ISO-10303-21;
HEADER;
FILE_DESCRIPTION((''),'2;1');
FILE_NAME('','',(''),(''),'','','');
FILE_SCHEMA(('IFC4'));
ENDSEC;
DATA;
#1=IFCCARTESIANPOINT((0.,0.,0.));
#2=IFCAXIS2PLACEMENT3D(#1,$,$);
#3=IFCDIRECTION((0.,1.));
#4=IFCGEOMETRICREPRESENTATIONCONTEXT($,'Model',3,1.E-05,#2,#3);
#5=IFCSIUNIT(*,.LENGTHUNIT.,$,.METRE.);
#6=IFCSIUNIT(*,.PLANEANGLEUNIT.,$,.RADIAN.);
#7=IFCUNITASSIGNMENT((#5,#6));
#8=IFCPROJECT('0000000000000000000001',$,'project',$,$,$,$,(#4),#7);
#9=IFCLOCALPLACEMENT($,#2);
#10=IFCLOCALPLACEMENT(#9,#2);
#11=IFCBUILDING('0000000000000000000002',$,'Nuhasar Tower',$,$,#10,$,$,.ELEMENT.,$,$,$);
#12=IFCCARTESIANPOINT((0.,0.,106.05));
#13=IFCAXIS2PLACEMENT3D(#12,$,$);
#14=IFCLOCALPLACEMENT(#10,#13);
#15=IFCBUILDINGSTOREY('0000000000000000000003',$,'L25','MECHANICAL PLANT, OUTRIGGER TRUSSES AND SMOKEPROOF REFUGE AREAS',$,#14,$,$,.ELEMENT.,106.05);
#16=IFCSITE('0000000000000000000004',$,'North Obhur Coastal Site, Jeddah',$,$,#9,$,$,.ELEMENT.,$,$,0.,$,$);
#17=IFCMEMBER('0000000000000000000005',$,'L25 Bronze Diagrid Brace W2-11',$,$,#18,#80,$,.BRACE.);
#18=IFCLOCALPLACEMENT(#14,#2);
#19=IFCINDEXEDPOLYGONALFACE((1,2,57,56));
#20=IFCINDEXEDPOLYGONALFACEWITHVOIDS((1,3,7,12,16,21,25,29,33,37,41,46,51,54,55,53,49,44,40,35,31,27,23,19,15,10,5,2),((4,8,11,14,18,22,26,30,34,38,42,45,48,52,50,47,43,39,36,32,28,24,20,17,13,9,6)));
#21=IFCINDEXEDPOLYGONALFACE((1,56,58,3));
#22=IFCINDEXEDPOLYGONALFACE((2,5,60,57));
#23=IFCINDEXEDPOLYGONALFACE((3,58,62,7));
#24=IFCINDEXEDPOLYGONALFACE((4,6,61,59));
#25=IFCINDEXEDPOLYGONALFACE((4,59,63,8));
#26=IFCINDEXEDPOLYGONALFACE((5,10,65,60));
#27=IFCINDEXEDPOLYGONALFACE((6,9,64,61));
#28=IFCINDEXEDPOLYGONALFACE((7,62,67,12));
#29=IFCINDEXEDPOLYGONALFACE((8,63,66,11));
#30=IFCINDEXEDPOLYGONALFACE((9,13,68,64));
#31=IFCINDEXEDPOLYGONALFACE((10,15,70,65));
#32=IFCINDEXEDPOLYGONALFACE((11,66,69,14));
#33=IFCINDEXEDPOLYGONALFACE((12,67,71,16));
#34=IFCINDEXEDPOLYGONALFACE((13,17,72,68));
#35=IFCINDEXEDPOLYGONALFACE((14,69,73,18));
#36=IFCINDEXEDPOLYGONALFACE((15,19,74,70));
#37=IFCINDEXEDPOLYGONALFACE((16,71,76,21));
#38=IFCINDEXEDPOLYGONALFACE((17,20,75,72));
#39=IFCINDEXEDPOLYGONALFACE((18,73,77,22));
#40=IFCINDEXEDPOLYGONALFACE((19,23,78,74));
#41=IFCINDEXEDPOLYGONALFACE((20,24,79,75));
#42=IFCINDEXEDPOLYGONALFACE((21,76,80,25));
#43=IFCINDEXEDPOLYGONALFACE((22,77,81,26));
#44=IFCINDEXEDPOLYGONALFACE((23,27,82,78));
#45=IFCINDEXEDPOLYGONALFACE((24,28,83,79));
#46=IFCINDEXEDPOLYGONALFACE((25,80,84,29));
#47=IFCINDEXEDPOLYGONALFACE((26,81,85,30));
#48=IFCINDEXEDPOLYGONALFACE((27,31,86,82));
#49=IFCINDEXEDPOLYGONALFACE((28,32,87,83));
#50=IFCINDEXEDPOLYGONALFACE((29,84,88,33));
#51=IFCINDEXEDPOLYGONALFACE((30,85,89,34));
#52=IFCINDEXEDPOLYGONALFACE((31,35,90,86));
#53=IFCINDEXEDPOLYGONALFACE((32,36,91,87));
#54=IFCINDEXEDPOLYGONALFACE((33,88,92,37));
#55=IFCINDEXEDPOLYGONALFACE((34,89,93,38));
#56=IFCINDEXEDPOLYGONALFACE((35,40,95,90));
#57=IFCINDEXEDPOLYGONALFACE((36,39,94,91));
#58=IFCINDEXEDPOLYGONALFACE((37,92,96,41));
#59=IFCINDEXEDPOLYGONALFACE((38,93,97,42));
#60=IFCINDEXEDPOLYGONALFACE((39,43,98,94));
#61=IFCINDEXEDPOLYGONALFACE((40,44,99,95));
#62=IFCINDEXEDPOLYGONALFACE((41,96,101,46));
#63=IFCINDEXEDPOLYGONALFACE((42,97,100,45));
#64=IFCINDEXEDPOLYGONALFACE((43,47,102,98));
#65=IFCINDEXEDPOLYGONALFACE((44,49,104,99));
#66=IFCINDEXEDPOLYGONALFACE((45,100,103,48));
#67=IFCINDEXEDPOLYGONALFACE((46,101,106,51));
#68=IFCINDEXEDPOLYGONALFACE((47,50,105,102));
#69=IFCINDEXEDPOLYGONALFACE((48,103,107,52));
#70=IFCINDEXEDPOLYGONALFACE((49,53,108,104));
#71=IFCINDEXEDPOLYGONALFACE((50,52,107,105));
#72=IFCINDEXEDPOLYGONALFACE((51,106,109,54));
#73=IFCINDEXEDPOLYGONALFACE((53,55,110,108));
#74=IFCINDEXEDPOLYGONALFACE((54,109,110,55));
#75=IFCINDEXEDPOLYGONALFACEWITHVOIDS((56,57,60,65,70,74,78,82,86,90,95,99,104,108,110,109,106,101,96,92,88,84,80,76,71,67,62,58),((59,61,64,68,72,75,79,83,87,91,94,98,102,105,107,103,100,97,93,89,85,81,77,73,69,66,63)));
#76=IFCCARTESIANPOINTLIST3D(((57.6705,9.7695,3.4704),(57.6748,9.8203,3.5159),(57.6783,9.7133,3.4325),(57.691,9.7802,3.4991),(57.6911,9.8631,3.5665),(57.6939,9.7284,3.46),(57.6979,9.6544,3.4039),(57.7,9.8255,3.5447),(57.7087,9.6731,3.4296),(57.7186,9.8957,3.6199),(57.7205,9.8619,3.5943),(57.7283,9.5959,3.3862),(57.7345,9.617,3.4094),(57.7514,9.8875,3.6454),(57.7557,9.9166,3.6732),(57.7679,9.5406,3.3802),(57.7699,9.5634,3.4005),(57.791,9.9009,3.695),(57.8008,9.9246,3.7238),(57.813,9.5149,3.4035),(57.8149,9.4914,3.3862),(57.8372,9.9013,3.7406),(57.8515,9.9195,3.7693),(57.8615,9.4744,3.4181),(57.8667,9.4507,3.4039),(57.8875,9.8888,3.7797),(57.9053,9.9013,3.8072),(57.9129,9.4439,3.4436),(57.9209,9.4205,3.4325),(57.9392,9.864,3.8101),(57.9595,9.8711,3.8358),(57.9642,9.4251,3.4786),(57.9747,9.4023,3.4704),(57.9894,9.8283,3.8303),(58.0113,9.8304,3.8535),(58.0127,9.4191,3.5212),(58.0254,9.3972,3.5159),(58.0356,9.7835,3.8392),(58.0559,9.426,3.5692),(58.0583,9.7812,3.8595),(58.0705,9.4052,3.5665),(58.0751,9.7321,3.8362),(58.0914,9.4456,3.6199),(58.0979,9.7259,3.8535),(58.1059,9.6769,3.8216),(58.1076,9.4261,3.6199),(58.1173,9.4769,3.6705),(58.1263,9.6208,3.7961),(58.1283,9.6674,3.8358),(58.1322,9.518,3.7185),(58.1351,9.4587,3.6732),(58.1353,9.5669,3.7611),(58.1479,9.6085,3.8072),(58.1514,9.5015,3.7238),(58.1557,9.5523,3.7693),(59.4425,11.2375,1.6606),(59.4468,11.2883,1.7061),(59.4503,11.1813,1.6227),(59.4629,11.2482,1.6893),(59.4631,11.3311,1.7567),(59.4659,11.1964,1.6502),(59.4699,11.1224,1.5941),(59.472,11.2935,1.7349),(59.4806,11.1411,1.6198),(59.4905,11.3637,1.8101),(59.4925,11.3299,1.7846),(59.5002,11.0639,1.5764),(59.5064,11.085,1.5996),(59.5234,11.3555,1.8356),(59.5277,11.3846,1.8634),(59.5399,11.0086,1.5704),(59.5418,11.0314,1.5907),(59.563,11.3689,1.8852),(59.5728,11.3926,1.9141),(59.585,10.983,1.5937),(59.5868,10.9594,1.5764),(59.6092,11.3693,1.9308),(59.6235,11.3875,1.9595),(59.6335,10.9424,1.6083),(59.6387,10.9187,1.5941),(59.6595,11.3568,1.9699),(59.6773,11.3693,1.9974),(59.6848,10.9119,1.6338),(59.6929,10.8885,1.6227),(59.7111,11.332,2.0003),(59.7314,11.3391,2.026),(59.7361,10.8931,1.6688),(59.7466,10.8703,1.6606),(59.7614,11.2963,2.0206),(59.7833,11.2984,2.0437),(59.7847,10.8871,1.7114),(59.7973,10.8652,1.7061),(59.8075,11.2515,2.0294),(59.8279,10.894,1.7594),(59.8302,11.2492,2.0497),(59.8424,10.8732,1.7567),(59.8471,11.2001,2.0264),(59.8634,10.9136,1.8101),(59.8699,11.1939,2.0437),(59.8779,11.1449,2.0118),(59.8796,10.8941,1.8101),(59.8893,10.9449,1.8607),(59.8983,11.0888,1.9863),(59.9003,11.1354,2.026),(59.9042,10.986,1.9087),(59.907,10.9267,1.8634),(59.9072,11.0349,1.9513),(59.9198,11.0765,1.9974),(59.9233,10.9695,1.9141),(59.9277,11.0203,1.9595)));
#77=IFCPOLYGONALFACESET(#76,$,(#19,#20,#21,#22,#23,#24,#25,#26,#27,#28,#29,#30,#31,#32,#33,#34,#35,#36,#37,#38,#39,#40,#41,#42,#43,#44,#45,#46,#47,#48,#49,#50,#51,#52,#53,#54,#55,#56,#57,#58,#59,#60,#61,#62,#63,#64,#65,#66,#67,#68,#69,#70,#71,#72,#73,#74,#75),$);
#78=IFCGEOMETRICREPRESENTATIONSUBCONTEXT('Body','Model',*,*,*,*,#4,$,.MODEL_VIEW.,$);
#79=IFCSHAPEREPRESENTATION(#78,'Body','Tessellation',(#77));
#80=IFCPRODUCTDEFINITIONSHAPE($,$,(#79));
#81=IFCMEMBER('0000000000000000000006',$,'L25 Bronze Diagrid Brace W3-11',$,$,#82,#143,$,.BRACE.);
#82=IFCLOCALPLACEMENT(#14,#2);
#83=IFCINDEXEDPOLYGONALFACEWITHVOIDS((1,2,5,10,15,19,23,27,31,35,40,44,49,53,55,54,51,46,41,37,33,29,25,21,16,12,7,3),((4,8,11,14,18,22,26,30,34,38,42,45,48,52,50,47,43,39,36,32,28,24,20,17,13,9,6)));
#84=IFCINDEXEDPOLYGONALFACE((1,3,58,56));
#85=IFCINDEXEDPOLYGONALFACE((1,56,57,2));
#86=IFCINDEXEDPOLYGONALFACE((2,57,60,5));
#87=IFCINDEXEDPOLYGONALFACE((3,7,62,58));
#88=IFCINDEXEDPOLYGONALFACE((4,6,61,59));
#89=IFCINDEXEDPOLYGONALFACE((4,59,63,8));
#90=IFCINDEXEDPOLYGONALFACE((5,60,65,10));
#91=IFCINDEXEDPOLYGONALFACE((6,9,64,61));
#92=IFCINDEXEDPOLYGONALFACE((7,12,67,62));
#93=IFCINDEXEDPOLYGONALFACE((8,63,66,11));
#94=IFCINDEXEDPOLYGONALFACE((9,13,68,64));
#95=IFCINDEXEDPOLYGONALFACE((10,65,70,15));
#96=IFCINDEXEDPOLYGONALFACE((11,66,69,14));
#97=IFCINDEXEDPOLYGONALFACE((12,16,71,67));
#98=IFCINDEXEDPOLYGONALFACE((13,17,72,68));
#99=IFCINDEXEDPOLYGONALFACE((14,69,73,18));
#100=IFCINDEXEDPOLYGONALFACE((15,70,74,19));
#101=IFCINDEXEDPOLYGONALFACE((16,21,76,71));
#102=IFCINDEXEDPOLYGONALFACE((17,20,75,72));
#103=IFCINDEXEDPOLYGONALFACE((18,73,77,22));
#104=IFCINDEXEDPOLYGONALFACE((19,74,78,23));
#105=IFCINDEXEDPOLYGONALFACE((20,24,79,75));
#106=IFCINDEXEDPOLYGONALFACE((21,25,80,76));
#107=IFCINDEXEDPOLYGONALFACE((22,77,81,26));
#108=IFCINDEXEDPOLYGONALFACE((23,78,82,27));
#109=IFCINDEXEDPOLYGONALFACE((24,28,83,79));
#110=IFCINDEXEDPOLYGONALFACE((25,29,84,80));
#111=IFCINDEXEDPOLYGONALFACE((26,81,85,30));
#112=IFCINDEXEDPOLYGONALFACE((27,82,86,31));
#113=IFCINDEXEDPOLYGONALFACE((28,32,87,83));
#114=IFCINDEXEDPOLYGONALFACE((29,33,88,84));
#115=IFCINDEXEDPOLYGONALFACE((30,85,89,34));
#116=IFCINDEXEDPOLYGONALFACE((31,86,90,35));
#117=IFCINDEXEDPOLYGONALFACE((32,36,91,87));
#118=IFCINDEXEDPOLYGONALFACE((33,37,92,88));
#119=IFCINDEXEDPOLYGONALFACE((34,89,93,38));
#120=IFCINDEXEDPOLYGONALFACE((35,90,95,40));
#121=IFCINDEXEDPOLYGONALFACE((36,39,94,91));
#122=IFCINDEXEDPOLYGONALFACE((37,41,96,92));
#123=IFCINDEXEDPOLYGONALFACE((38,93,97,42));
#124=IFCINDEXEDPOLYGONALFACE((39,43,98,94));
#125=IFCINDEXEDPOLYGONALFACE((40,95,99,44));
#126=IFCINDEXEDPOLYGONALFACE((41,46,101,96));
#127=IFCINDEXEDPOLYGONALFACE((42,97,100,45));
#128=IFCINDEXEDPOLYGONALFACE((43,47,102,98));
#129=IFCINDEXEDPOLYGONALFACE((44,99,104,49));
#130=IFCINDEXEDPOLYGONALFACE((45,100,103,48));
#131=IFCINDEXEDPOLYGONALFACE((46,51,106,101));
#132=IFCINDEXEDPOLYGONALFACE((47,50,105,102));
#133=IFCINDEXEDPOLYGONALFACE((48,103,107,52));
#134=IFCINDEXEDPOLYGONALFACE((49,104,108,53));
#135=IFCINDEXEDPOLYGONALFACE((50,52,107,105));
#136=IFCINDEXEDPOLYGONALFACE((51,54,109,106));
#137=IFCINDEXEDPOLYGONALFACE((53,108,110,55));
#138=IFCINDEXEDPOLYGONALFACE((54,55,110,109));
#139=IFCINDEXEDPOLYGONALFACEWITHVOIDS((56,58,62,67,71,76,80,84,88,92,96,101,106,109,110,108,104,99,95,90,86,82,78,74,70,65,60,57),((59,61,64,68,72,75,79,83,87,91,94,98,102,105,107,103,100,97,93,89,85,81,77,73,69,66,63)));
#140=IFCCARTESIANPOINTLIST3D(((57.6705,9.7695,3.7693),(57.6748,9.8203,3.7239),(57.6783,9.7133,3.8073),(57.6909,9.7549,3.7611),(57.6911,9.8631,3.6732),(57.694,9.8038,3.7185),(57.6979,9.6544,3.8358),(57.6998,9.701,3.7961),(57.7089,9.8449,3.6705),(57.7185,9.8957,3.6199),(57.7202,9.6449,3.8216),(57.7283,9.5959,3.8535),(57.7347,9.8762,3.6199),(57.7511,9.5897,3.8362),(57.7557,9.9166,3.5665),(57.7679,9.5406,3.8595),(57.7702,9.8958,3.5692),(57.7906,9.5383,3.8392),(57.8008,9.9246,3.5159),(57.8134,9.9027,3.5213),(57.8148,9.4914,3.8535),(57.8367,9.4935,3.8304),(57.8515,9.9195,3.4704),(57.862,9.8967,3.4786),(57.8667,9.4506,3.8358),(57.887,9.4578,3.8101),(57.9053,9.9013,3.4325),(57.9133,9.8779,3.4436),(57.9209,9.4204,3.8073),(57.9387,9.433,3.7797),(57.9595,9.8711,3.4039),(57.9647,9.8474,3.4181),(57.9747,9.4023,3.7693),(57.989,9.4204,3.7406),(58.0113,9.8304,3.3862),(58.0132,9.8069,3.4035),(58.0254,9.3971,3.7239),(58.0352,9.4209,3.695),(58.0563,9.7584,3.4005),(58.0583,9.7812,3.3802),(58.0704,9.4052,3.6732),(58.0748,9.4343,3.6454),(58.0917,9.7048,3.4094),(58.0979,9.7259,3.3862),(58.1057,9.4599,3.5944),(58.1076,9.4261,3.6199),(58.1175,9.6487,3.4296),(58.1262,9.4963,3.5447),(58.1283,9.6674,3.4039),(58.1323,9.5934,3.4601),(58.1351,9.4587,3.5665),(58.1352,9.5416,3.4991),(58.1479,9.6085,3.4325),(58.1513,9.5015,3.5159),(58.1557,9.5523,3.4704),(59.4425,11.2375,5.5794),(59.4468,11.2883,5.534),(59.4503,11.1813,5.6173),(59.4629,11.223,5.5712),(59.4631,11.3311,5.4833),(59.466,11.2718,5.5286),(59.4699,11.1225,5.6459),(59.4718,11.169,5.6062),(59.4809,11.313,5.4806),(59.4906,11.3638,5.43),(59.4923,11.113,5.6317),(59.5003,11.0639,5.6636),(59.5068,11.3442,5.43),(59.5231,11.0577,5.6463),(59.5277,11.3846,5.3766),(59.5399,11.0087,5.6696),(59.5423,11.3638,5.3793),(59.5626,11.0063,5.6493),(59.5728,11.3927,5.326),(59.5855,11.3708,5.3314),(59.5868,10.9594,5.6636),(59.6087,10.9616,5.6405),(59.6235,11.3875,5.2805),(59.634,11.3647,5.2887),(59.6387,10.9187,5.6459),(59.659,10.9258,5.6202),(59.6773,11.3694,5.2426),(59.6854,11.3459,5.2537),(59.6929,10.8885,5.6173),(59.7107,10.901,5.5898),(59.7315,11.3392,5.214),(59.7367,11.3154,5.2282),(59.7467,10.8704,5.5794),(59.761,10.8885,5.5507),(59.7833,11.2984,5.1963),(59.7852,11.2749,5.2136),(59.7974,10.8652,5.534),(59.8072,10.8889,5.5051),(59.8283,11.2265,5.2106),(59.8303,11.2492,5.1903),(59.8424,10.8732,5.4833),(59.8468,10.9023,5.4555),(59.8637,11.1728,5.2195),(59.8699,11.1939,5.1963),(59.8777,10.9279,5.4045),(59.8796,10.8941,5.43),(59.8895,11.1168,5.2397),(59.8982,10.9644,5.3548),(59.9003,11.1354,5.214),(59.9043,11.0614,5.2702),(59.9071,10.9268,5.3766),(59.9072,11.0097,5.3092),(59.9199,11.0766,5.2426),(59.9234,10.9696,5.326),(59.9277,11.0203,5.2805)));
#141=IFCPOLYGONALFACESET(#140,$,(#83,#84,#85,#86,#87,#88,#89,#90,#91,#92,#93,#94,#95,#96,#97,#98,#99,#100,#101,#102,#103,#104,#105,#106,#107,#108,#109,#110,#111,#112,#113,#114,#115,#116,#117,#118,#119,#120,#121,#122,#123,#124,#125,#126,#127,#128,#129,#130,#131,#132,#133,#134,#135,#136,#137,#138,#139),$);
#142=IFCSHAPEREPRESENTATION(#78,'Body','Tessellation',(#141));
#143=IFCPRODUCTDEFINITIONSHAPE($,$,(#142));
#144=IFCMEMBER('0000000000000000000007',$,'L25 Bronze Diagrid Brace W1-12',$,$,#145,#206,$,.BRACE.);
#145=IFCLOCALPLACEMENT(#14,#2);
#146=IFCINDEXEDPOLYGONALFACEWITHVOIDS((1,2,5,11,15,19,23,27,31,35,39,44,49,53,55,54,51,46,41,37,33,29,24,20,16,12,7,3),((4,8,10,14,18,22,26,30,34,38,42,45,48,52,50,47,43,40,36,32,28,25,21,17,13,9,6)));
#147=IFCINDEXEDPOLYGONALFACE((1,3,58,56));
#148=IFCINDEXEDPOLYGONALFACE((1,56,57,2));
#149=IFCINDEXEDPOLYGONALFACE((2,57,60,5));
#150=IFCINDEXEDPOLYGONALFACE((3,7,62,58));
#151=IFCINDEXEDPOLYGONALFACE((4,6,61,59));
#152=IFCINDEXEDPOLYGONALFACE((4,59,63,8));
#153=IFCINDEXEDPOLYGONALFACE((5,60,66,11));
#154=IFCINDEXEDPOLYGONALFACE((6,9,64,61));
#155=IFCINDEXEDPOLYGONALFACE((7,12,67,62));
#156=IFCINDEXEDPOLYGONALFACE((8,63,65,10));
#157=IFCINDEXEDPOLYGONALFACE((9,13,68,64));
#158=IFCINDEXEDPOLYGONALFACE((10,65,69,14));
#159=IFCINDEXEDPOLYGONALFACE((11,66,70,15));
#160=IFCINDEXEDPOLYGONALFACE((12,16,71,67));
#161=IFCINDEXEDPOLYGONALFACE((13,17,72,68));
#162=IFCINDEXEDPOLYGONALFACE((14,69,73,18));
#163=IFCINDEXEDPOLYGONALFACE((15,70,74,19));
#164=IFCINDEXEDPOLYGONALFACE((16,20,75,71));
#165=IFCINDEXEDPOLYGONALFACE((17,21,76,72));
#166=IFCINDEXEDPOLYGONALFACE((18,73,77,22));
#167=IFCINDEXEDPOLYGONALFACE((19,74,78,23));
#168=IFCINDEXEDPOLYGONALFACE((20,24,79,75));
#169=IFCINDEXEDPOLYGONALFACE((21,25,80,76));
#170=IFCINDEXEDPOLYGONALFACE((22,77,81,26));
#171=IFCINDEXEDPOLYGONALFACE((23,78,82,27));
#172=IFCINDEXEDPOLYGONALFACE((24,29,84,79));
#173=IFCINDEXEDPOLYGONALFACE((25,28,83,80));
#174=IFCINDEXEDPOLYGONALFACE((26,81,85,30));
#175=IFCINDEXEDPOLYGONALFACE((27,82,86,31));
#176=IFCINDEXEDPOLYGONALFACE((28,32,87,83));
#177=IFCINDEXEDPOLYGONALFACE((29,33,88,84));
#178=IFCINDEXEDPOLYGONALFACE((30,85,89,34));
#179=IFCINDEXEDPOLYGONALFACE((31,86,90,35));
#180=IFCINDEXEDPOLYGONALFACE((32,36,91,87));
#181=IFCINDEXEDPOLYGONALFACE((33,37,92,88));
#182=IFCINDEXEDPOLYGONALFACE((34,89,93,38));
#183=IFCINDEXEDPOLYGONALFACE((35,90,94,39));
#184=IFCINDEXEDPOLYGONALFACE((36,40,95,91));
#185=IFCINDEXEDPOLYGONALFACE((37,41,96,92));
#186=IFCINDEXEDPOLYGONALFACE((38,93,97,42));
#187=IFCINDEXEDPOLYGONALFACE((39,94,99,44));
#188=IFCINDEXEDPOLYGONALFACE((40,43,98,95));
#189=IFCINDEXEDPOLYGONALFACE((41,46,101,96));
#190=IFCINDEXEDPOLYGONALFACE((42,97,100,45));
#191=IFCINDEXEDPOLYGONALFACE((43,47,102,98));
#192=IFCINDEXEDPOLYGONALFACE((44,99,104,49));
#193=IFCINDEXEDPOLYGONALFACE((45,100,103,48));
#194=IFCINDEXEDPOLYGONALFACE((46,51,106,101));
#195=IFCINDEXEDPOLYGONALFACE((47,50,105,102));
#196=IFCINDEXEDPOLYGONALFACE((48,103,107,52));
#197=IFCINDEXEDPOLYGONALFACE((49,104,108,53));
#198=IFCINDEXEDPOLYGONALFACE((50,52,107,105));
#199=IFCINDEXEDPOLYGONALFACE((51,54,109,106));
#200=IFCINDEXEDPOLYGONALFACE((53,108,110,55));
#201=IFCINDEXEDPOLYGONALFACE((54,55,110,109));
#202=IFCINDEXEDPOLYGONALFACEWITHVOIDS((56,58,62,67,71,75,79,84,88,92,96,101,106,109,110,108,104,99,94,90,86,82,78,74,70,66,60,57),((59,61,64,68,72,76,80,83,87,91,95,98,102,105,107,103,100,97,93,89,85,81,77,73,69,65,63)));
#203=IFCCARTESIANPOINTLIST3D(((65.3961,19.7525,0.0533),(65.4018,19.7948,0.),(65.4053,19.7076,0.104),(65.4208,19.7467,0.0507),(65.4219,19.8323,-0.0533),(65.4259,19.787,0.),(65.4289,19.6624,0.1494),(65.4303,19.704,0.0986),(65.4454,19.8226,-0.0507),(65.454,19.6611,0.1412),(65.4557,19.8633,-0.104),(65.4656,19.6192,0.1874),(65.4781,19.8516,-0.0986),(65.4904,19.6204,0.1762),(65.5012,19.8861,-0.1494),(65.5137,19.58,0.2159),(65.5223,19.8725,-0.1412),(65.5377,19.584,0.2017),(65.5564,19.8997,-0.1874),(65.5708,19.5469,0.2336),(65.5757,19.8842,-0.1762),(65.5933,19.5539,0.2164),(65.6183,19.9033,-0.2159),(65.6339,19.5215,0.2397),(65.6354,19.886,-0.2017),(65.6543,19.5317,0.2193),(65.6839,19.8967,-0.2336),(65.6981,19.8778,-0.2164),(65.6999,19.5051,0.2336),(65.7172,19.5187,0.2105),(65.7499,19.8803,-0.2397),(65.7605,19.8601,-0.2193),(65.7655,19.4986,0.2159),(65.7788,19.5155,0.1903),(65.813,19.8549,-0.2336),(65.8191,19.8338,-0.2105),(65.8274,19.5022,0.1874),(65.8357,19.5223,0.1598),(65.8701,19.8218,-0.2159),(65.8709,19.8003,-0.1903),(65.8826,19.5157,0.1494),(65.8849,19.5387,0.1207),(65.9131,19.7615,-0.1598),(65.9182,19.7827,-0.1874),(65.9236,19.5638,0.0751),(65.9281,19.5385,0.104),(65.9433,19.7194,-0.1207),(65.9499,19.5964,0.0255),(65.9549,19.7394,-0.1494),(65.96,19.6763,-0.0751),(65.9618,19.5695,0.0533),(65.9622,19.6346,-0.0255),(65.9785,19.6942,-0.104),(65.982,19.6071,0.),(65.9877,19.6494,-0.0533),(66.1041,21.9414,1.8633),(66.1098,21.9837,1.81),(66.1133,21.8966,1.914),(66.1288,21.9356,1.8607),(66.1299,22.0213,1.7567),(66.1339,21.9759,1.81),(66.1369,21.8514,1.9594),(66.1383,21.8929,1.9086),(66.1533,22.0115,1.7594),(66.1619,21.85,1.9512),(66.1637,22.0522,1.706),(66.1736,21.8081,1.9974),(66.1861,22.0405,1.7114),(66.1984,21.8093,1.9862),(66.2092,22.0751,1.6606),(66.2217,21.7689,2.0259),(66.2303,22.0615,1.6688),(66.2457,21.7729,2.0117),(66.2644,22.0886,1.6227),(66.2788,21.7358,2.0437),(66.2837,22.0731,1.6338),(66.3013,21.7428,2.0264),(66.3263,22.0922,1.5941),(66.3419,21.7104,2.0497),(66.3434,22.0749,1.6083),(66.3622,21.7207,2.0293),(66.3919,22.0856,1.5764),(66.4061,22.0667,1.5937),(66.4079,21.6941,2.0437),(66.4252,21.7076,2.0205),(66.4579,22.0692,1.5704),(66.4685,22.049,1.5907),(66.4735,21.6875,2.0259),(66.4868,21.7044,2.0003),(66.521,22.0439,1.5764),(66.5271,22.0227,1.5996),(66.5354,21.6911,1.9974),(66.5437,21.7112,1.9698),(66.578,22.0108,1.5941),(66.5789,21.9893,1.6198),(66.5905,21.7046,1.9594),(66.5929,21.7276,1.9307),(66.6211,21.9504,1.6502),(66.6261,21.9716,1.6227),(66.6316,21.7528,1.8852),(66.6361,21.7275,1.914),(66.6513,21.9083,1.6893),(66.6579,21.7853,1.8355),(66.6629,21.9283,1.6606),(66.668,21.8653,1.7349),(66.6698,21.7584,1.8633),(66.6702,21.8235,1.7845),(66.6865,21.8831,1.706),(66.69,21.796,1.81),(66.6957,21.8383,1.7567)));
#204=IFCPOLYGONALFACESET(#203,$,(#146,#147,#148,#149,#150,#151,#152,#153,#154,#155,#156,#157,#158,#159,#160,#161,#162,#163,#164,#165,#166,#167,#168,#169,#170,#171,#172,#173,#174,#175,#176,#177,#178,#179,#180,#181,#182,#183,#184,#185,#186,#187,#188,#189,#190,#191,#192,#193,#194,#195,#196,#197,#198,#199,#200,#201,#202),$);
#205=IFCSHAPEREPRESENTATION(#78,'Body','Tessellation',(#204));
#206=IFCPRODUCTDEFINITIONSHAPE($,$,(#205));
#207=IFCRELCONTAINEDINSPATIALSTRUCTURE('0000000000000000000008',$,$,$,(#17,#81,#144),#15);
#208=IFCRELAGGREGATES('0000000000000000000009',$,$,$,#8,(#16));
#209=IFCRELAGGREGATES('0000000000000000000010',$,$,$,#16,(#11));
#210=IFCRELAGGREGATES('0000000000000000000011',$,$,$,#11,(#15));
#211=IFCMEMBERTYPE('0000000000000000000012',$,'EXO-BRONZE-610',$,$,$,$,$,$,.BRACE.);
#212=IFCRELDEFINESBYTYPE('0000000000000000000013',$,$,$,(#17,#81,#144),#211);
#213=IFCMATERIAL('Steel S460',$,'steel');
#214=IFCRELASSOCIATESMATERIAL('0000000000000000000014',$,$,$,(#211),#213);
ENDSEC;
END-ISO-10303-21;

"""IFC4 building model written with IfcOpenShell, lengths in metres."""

from ifc_helpers import new_model, si_unit, direction, frame, origin, origin_2d, place, context, subcontext, project, spatial, hollow_circle, extrude, material, material_profile, profile_set, type_object, element, save


model = new_model("IFC4")

# Units and contexts
model_context = context("Model", 3, precision=1e-05, world=origin(), true_north=direction((0.0, 1.0)))
body_context = subcontext(model_context, "Body", "Model", "MODEL_VIEW")
ifc_project = project(units=[si_unit("LENGTHUNIT", "METRE"), si_unit("PLANEANGLEUNIT", "RADIAN")], contexts=[model_context])

# Site, building, storey
site_placement = place(None, origin())
site = spatial("IfcSite", under=ifc_project, at=site_placement, Name="North Obhur Coastal Site, Jeddah", CompositionType="ELEMENT", RefElevation=0.0)
building_placement = place(site_placement, origin())
building = spatial("IfcBuilding", under=site, at=building_placement, Name="Nuhasar Tower", CompositionType="ELEMENT")
storey_placement = place(building_placement, frame((0.0, 0.0, 106.05)))
storey = spatial("IfcBuildingStorey", under=building, at=storey_placement, Name="L25", Description="MECHANICAL PLANT, OUTRIGGER TRUSSES AND SMOKEPROOF REFUGE AREAS", CompositionType="ELEMENT", Elevation=106.05)

# Shared definitions
ifc_material_1 = material(Name="Steel S460", Category="steel")

# Members
ifc_material_profile_1 = material_profile(ifc_material_1, hollow_circle(Radius=0.3049, WallThickness=0.0254, at=origin_2d()), Name="HSS610X25.4")
ifc_profile_set_1 = profile_set([ifc_material_profile_1], Name="Steel S460")
member_type_1 = type_object("IfcMemberType", Name="EXO-BRONZE-610", PredefinedType="BRACE", material=ifc_profile_set_1)
member_1_placement = place(storey_placement, frame((59.6851, 11.1289, 1.8101), z_axis=(-0.605281, -0.501454, 0.618207), x_axis=(0.637969, -0.770062, 0.0)))
element("IfcMember", 1, at=member_1_placement, inside=storey, type_object=member_type_1, Name="L25 Bronze Diagrid Brace W2-11", PredefinedType="BRACE", context=body_context, shape_type="SweptSolid", body=[
    extrude(hollow_circle(Radius=0.3049, WallThickness=0.0254, at=origin_2d()), origin(), (0.0, 0.0, 1.0), 2.9275),
])
member_2_placement = place(storey_placement, frame((57.9131, 9.6609, 3.6199), z_axis=(0.605249, 0.501428, 0.618258), x_axis=(-0.637969, 0.770062, 0.0)))
element("IfcMember", 2, at=member_2_placement, inside=storey, type_object=member_type_1, Name="L25 Bronze Diagrid Brace W3-11", PredefinedType="BRACE", context=body_context, shape_type="SweptSolid", body=[
    extrude(hollow_circle(Radius=0.3049, WallThickness=0.0254, at=origin_2d()), origin(), (0.0, 0.0, 1.0), 2.9277),
])
for number, where, z_axis, x_axis, name in (
    (3, (65.6919, 19.7009, 0.0), (0.241863, 0.747773, 0.618335), (-0.951468, 0.307747, 0.0), "L25 Bronze Diagrid Brace W1-12"),
):
    element("IfcMember", number, at=place(storey_placement, frame(where, z_axis=z_axis, x_axis=x_axis)), inside=storey, type_object=member_type_1, Name=name, PredefinedType="BRACE", context=body_context, shape_type="SweptSolid", body=[
        extrude(hollow_circle(Radius=0.3049, WallThickness=0.0254, at=origin_2d()), origin(), (0.0, 0.0, 1.0), 2.9272),
    ])

save(model, "model.ifc")
